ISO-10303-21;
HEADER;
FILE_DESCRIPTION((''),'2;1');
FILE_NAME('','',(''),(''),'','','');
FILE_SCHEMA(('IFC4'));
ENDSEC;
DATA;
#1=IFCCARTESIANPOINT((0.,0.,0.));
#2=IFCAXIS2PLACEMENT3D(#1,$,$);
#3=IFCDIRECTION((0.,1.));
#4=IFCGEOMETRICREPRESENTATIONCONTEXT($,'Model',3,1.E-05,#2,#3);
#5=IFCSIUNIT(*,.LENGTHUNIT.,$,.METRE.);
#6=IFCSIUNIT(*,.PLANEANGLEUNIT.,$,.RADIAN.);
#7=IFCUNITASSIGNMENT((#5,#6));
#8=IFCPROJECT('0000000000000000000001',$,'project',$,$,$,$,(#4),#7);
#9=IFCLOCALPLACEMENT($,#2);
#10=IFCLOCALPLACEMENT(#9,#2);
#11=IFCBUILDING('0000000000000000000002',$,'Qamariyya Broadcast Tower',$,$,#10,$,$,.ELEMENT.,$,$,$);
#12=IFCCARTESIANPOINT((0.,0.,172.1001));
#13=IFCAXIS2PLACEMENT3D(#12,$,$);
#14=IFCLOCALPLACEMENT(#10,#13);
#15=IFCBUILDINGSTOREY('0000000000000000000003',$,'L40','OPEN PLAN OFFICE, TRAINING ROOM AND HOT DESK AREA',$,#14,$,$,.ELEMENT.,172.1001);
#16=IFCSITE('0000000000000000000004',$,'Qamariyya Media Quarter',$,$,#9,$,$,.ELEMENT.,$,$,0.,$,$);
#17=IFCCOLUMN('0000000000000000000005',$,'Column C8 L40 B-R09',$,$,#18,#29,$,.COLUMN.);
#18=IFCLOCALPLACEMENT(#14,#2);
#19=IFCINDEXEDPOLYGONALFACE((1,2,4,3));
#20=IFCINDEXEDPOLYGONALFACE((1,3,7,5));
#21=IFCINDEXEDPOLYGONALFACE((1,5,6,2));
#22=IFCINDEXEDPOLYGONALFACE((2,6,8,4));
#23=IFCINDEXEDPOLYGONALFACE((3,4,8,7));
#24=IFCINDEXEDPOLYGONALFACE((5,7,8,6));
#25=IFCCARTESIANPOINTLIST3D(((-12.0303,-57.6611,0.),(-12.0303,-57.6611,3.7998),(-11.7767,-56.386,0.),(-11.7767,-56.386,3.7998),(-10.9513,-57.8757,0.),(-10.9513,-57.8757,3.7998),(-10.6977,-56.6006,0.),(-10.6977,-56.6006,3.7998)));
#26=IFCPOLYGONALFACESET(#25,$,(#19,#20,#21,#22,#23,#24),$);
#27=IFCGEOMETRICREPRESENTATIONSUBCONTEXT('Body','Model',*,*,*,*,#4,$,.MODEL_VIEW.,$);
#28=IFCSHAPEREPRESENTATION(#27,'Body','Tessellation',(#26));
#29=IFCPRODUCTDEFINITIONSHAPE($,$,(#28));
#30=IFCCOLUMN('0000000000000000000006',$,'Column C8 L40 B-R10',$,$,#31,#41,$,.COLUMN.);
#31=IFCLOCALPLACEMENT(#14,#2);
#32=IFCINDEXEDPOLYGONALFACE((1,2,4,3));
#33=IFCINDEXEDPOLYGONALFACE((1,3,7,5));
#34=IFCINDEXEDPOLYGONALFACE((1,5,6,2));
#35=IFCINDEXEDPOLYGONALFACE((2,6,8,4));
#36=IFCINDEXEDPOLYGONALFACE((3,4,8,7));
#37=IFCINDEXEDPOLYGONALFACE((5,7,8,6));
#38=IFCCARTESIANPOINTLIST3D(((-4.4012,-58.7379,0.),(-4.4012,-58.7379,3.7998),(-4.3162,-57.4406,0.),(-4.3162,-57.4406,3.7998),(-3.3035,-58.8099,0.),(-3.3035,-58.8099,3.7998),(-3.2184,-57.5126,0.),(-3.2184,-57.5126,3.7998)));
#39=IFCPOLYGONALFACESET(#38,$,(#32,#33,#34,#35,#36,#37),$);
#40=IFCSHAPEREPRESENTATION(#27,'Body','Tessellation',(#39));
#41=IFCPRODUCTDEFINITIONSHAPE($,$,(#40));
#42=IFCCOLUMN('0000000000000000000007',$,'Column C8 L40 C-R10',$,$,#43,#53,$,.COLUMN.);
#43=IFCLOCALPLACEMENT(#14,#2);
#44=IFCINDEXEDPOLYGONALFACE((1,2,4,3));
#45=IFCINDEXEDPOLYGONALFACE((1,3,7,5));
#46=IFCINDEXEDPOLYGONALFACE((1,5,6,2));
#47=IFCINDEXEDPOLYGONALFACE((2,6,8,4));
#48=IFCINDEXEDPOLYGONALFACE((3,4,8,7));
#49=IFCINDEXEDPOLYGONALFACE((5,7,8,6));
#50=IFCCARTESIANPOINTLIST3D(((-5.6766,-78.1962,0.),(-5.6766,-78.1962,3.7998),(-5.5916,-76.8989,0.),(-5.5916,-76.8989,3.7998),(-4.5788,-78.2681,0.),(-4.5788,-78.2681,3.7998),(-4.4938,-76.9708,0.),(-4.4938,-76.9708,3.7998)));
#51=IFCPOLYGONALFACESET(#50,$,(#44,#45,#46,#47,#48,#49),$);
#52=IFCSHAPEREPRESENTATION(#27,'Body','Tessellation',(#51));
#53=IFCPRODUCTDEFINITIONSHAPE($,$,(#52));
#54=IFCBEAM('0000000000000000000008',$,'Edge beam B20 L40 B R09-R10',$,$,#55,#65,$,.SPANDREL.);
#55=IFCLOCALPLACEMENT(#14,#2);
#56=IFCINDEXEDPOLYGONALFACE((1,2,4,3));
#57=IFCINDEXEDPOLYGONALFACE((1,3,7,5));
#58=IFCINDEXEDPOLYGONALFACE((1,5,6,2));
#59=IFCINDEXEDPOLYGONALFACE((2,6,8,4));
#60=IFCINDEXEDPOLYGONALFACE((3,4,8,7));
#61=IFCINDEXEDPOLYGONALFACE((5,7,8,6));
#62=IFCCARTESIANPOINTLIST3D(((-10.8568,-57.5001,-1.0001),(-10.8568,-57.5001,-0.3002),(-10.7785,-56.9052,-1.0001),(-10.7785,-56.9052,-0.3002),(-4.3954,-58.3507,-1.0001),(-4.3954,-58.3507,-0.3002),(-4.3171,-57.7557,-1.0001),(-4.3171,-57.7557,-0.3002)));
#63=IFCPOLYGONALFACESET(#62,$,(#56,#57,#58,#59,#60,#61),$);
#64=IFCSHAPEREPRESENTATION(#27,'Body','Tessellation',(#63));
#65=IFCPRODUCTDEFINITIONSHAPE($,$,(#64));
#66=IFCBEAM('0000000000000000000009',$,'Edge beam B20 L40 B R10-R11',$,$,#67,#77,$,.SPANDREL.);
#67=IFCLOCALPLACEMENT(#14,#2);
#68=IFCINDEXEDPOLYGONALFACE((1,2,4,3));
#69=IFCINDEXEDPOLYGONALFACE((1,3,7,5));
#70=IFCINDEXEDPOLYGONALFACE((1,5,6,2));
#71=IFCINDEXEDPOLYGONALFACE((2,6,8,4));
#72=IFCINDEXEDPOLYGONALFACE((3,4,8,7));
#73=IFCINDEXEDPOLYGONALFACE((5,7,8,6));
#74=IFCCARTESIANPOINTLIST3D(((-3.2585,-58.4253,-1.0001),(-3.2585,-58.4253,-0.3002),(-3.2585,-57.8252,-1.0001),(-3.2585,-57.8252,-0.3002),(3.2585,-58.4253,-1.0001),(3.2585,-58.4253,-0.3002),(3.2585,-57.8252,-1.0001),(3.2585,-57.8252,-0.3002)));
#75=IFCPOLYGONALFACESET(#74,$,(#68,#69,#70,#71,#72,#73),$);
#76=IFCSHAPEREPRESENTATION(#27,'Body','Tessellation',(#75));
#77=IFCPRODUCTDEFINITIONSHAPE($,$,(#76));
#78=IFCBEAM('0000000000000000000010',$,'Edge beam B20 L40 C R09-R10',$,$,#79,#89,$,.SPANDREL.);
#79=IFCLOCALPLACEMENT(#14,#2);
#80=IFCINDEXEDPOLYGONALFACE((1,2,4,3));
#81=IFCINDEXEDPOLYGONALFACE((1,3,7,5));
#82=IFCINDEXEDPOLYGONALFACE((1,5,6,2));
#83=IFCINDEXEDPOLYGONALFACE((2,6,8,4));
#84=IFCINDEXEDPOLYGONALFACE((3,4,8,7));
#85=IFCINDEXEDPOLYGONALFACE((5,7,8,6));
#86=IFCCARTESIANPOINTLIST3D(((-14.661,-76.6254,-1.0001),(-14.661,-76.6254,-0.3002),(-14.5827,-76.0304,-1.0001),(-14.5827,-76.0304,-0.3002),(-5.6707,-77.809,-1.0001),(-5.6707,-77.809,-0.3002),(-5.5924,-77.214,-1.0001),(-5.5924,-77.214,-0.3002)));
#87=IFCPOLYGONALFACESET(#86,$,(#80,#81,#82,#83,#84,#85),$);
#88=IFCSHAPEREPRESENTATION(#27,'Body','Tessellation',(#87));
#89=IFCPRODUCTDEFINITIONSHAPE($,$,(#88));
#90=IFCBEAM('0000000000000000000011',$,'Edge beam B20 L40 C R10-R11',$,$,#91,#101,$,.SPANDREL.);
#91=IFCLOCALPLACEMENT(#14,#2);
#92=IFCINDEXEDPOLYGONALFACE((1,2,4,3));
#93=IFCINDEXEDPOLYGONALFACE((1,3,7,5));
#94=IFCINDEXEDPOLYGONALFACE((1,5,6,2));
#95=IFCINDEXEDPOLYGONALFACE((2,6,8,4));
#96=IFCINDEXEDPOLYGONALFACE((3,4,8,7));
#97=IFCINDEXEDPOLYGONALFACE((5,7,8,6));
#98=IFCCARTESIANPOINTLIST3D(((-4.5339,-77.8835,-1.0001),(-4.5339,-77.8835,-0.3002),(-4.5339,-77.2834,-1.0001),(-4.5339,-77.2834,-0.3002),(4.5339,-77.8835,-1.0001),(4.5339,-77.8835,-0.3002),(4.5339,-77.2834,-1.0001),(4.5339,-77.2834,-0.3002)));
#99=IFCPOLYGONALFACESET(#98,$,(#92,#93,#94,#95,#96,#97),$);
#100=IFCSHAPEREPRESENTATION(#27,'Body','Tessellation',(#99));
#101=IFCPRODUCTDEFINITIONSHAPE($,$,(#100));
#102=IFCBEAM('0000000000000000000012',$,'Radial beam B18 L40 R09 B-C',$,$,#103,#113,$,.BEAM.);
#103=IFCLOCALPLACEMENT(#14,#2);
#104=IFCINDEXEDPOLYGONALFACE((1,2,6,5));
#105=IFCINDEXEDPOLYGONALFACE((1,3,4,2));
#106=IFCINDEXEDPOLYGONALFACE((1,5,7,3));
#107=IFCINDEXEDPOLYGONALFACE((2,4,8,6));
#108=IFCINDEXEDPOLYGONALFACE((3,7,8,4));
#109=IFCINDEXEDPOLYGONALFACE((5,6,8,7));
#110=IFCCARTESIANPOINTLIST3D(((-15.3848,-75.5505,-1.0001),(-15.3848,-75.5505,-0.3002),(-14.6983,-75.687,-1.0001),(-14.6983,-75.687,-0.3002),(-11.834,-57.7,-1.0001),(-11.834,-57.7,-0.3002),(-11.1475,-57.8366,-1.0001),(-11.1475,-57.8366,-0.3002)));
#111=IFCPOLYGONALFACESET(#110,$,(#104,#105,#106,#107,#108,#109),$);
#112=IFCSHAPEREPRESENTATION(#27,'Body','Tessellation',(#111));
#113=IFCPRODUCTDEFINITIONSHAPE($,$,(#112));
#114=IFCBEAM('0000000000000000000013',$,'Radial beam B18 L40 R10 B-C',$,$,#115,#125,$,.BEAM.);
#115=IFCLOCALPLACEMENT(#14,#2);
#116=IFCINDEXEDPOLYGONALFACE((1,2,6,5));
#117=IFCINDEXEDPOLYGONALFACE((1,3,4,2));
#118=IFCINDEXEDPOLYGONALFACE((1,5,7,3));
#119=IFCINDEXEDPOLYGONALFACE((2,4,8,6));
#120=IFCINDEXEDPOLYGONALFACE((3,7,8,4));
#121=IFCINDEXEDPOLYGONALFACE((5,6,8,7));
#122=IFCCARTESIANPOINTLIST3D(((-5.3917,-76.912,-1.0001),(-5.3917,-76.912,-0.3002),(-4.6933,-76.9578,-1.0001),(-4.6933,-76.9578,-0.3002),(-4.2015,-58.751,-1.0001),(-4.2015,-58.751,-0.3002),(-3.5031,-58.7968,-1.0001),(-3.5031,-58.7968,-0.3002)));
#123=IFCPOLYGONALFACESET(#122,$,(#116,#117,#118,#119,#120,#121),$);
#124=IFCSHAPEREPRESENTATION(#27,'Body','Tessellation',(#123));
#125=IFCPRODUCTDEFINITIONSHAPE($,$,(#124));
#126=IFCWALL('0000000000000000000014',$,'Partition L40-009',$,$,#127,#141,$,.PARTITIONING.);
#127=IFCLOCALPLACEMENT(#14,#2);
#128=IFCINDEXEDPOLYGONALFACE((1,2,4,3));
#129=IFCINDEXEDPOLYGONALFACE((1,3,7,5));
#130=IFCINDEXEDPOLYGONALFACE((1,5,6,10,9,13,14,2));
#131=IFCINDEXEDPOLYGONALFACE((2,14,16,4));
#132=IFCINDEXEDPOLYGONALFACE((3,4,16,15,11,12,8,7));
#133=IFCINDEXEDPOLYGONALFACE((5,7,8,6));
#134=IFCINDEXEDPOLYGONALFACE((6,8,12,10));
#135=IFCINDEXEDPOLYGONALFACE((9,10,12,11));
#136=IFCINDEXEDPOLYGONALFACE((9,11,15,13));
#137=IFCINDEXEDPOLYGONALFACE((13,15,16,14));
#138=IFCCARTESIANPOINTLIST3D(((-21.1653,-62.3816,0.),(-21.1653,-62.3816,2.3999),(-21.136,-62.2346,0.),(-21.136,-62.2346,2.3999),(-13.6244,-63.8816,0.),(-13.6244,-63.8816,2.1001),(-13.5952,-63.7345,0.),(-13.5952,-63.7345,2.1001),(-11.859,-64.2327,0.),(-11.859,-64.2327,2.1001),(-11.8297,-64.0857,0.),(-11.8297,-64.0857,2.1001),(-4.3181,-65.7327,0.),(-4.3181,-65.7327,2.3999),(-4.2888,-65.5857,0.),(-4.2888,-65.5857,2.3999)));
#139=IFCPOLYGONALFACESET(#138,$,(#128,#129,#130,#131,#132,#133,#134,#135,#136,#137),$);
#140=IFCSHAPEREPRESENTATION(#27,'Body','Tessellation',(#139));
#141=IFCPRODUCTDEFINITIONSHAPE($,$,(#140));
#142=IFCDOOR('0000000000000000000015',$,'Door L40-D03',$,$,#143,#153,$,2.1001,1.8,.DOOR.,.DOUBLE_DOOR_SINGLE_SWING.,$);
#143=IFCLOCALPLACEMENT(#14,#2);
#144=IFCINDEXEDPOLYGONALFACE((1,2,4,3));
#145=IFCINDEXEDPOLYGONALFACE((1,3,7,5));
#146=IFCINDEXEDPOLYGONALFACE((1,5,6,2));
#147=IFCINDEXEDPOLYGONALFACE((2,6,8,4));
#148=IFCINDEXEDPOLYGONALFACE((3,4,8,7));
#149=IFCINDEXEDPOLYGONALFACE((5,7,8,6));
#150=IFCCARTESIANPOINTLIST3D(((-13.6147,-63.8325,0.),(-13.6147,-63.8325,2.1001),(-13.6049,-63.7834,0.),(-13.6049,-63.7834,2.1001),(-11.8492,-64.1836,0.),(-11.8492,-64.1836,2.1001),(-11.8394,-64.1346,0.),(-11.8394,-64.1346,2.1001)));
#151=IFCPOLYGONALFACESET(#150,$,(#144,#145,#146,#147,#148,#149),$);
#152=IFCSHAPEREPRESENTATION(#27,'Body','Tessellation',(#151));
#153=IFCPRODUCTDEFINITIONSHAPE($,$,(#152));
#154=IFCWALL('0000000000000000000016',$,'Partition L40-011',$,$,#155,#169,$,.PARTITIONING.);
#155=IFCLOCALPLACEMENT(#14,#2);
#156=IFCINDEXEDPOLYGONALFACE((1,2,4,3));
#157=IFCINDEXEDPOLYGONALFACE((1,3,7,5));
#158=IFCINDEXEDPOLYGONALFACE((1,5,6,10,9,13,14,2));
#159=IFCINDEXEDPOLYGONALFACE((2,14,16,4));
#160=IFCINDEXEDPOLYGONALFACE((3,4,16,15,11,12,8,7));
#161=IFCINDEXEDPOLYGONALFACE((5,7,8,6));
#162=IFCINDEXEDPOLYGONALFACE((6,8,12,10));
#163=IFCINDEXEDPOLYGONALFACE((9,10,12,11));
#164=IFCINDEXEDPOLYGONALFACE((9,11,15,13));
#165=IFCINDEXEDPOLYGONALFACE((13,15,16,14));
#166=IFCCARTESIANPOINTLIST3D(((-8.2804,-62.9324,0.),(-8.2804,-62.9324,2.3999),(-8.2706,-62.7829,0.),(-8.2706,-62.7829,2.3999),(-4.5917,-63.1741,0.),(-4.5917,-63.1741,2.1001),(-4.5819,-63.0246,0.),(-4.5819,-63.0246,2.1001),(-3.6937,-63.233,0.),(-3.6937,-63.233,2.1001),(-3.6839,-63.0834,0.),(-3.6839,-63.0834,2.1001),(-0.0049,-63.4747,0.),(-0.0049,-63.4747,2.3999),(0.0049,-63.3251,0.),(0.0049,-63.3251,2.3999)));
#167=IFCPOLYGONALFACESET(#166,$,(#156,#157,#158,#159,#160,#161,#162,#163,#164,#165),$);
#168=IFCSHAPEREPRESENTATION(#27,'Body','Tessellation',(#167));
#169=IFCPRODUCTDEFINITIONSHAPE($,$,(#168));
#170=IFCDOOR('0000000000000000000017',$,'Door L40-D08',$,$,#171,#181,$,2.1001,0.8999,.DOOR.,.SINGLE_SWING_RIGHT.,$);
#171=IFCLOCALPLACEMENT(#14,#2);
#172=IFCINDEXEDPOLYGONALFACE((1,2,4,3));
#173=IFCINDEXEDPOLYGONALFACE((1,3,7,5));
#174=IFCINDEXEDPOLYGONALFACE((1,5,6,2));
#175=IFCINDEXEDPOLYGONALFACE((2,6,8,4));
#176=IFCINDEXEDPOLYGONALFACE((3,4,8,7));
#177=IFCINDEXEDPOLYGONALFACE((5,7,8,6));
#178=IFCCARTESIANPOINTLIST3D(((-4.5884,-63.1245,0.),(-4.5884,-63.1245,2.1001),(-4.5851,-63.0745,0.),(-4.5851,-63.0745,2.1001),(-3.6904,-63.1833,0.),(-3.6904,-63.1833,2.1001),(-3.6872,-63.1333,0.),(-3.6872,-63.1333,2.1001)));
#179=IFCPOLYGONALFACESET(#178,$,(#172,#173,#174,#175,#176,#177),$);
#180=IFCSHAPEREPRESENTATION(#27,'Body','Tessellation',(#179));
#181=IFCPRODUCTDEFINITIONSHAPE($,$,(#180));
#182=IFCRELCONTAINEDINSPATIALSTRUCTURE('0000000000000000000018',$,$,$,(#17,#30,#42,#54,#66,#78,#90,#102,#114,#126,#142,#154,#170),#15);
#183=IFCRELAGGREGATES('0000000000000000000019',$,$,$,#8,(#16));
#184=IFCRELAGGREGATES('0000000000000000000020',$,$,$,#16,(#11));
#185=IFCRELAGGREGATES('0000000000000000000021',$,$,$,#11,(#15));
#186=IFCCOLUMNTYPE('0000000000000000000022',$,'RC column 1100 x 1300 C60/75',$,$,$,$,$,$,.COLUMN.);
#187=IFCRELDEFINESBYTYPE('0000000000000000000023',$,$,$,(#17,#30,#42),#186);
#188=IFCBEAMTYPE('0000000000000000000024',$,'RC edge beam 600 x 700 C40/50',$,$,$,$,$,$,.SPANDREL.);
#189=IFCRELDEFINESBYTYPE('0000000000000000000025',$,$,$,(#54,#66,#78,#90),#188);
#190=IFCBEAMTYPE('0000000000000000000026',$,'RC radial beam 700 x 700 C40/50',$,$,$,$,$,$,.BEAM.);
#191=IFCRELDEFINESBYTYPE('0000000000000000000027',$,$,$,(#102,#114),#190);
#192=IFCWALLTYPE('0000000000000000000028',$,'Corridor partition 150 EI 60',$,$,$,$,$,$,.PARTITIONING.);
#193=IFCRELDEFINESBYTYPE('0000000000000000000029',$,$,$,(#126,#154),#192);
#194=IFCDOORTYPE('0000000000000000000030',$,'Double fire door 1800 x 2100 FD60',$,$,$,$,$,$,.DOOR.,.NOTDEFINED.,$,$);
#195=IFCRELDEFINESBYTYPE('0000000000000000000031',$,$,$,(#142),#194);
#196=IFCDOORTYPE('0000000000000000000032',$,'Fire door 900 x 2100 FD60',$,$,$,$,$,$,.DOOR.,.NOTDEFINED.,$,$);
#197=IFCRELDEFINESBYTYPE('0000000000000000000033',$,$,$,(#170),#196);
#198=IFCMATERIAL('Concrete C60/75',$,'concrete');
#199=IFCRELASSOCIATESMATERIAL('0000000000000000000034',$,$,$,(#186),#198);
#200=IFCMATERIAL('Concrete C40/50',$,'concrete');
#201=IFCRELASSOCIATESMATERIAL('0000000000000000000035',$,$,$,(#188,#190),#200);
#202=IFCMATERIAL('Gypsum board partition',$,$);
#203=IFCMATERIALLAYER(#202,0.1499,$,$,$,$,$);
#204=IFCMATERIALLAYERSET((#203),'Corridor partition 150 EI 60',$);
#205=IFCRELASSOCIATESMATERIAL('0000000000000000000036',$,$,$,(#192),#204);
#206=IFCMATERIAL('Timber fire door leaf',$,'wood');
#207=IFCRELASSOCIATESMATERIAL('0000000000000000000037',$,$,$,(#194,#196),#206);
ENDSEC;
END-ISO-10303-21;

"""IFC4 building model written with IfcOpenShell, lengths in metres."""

from ifc_helpers import new_model, si_unit, direction, frame, frame_2d, origin, origin_2d, place, context, subcontext, project, spatial, rectangle, extrude, material, layer, layer_set, material_profile, profile_set, type_object, element, fill, save


model = new_model("IFC4")

# Units and contexts
model_context = context("Model", 3, precision=1e-05, world=origin(), true_north=direction((0.0, 1.0)))
body_context = subcontext(model_context, "Body", "Model", "MODEL_VIEW")
ifc_project = project(units=[si_unit("LENGTHUNIT", "METRE"), si_unit("PLANEANGLEUNIT", "RADIAN")], contexts=[model_context])

# Site, building, storey
site_placement = place(None, origin())
site = spatial("IfcSite", under=ifc_project, at=site_placement, Name="Qamariyya Media Quarter", CompositionType="ELEMENT", RefElevation=0.0)
building_placement = place(site_placement, origin())
building = spatial("IfcBuilding", under=site, at=building_placement, Name="Qamariyya Broadcast Tower", CompositionType="ELEMENT")
storey_placement = place(building_placement, frame((0.0, 0.0, 172.1001)))
storey = spatial("IfcBuildingStorey", under=building, at=storey_placement, Name="L40", Description="OPEN PLAN OFFICE, TRAINING ROOM AND HOT DESK AREA", CompositionType="ELEMENT", Elevation=172.1001)

# Columns
ifc_material_1 = material(Name="Concrete C60/75", Category="concrete")
ifc_material_profile_1 = material_profile(ifc_material_1, rectangle(XDim=1.1001, YDim=1.3, at=origin_2d()))
ifc_profile_set_1 = profile_set([ifc_material_profile_1], Name="Concrete C60/75")
column_type = type_object("IfcColumnType", Name="RC column 1100 x 1300 C60/75", PredefinedType="COLUMN", material=ifc_profile_set_1)
for number, where, z_axis, x_axis, name in (
    (1, (-11.364, -57.1309, 0.0), (0.0, 0.0, 1.0), (0.980785, -0.19509, 0.0), "Column C8 L40 B-R09"),
    (2, (-3.8098, -58.1252, 0.0), (0.0, 0.0, 1.0), (0.997859, -0.065403, 0.0), "Column C8 L40 B-R10"),
    (3, (-5.0852, -77.5835, 0.0), (0.0, 0.0, 1.0), (0.997859, -0.065403, 0.0), "Column C8 L40 C-R10"),
):
    element("IfcColumn", number, at=place(storey_placement, frame(where, z_axis=z_axis, x_axis=x_axis)), inside=storey, type_object=column_type, Name=name, PredefinedType="COLUMN", context=body_context, shape_type="SweptSolid", body=[
        extrude(rectangle(XDim=1.1001, YDim=1.3, at=origin_2d()), origin(), (0.0, 0.0, 1.0), 3.7998),
    ])

# Beams
ifc_material_2 = material(Name="Concrete C40/50", Category="concrete")
ifc_material_profile_2 = material_profile(ifc_material_2, rectangle(XDim=0.6001, YDim=0.7, at=origin_2d()))
ifc_profile_set_2 = profile_set([ifc_material_profile_2], Name="Concrete C40/50")
beam_type_1 = type_object("IfcBeamType", Name="RC edge beam 600 x 700 C40/50", PredefinedType="SPANDREL", material=ifc_profile_set_2)
for number, where, z_axis, x_axis, name in (
    (4, (-10.8176, -57.2026, -0.6501), (0.991446, -0.130515, 0.0), (0.130515, 0.991446, 0.0), "Edge beam B20 L40 B R09-R10"),
    (5, (-3.2585, -58.1252, -0.6501), (1.0, 0.0, 0.0), (0.0, 1.0, 0.0), "Edge beam B20 L40 B R10-R11"),
):
    element("IfcBeam", number, at=place(storey_placement, frame(where, z_axis=z_axis, x_axis=x_axis)), inside=storey, type_object=beam_type_1, Name=name, PredefinedType="SPANDREL", context=body_context, shape_type="SweptSolid", body=[
        extrude(rectangle(XDim=0.6001, YDim=0.7, at=origin_2d()), origin(), (0.0, 0.0, 1.0), 6.5171),
    ])
for number, where, z_axis, x_axis, name in (
    (6, (-14.6218, -76.3279, -0.6501), (0.991445, -0.130527, 0.0), (0.130527, 0.991445, 0.0), "Edge beam B20 L40 C R09-R10"),
    (7, (-4.5339, -77.5835, -0.6501), (1.0, 0.0, 0.0), (0.0, 1.0, 0.0), "Edge beam B20 L40 C R10-R11"),
):
    element("IfcBeam", number, at=place(storey_placement, frame(where, z_axis=z_axis, x_axis=x_axis)), inside=storey, type_object=beam_type_1, Name=name, PredefinedType="SPANDREL", context=body_context, shape_type="SweptSolid", body=[
        extrude(rectangle(XDim=0.6001, YDim=0.7, at=origin_2d()), origin(), (0.0, 0.0, 1.0), 9.0679),
    ])
ifc_material_profile_3 = material_profile(ifc_material_2, rectangle(XDim=0.7, YDim=0.7, at=origin_2d()))
ifc_profile_set_3 = profile_set([ifc_material_profile_3], Name="Concrete C40/50")
beam_type_2 = type_object("IfcBeamType", Name="RC radial beam 700 x 700 C40/50", PredefinedType="BEAM", material=ifc_profile_set_3)
beam_1_placement = place(storey_placement, frame((-11.4907, -57.7683, -0.6501), z_axis=(-0.195097, -0.980784, 0.0), x_axis=(0.980784, -0.195097, 0.0)))
element("IfcBeam", 8, at=beam_1_placement, inside=storey, type_object=beam_type_2, Name="Radial beam B18 L40 R09 B-C", PredefinedType="BEAM", context=body_context, shape_type="SweptSolid", body=[
    extrude(rectangle(XDim=0.7, YDim=0.7, at=origin_2d()), origin(), (0.0, 0.0, 1.0), 18.2002),
])
beam_2_placement = place(storey_placement, frame((-3.8523, -58.7739, -0.6501), z_axis=(-0.065395, -0.997859, 0.0), x_axis=(0.997859, -0.065395, 0.0)))
element("IfcBeam", 9, at=beam_2_placement, inside=storey, type_object=beam_type_2, Name="Radial beam B18 L40 R10 B-C", PredefinedType="BEAM", context=body_context, shape_type="SweptSolid", body=[
    extrude(rectangle(XDim=0.7, YDim=0.7, at=origin_2d()), origin(), (0.0, 0.0, 1.0), 18.2),
])

# Walls, openings, doors
ifc_material_3 = material(Name="Gypsum board partition")
ifc_layer_1 = layer(ifc_material_3, 0.1499)
ifc_layer_set_1 = layer_set([ifc_layer_1], Name="Corridor partition 150 EI 60")
wall_type_1 = type_object("IfcWallType", Name="Corridor partition 150 EI 60", PredefinedType="PARTITIONING", material=ifc_layer_set_1)
wall_1_placement = place(storey_placement, frame((-4.3035, -65.6592, 0.0), z_axis=(0.0, 0.0, 1.0), x_axis=(-0.980786, 0.195088, 0.0)))
wall_1 = element("IfcWall", 10, at=wall_1_placement, inside=storey, type_object=wall_type_1, Name="Partition L40-009", PredefinedType="PARTITIONING", context=body_context, shape_type="SweptSolid", body=[
    extrude(rectangle(XDim=17.1772, YDim=0.1499, at=frame_2d((8.5886, 0.0))), origin(), (0.0, 0.0, 1.0), 2.3999),
])
opening_1_placement = place(wall_1_placement, frame((7.6887, 0.0, 0.0)))
opening_1 = element("IfcOpeningElement", 11, at=opening_1_placement, cuts=wall_1, PredefinedType="OPENING", context=body_context, shape_type="SweptSolid", body=[
    extrude(rectangle(XDim=1.8, YDim=2.1001, at=frame_2d((0.8999, 1.05))), frame((0.0, 0.085, 0.0), z_axis=(0.0, -1.0, 0.0), x_axis=(1.0, 0.0, 0.0)), (0.0, 0.0, 1.0), 0.1699),
])
ifc_material_4 = material(Name="Timber fire door leaf", Category="wood")
door_type_1 = type_object("IfcDoorType", Name="Double fire door 1800 x 2100 FD60", OperationType="NOTDEFINED", PredefinedType="DOOR", material=ifc_material_4)
door_1_placement = place(opening_1_placement, origin())
door_1 = element("IfcDoor", 12, at=door_1_placement, inside=storey, type_object=door_type_1, Name="Door L40-D03", OperationType="DOUBLE_DOOR_SINGLE_SWING", OverallHeight=2.1001, OverallWidth=1.8, PredefinedType="DOOR", context=body_context, shape_type="SweptSolid", body=[
    extrude(rectangle(XDim=1.8, YDim=2.1001, at=frame_2d((0.8999, 1.05))), frame((0.0, 0.0249, 0.0), z_axis=(0.0, -1.0, 0.0), x_axis=(1.0, 0.0, 0.0)), (0.0, 0.0, 1.0), 0.05),
])
fill(opening_1, door_1)
wall_2_placement = place(storey_placement, frame((-8.2754, -62.8577, 0.0), z_axis=(0.0, 0.0, 1.0), x_axis=(0.99786, -0.065384, 0.0)))
wall_2 = element("IfcWall", 13, at=wall_2_placement, inside=storey, type_object=wall_type_1, Name="Partition L40-011", PredefinedType="PARTITIONING", context=body_context, shape_type="SweptSolid", body=[
    extrude(rectangle(XDim=8.2932, YDim=0.1499, at=frame_2d((4.1465, 0.0))), origin(), (0.0, 0.0, 1.0), 2.3999),
])
opening_2_placement = place(wall_2_placement, frame((3.6965, 0.0, 0.0)))
opening_2 = element("IfcOpeningElement", 14, at=opening_2_placement, cuts=wall_2, PredefinedType="OPENING", context=body_context, shape_type="SweptSolid", body=[
    extrude(rectangle(XDim=0.8999, YDim=2.1001, at=frame_2d((0.45, 1.05))), frame((0.0, 0.085, 0.0), z_axis=(0.0, -1.0, 0.0), x_axis=(1.0, 0.0, 0.0)), (0.0, 0.0, 1.0), 0.1699),
])
door_type_2 = type_object("IfcDoorType", Name="Fire door 900 x 2100 FD60", OperationType="NOTDEFINED", PredefinedType="DOOR", material=ifc_material_4)
door_2_placement = place(opening_2_placement, origin())
door_2 = element("IfcDoor", 15, at=door_2_placement, inside=storey, type_object=door_type_2, Name="Door L40-D08", OperationType="SINGLE_SWING_RIGHT", OverallHeight=2.1001, OverallWidth=0.8999, PredefinedType="DOOR", context=body_context, shape_type="SweptSolid", body=[
    extrude(rectangle(XDim=0.8999, YDim=2.1001, at=frame_2d((0.45, 1.05))), frame((0.0, 0.0249, 0.0), z_axis=(0.0, -1.0, 0.0), x_axis=(1.0, 0.0, 0.0)), (0.0, 0.0, 1.0), 0.05),
])
fill(opening_2, door_2)

save(model, "model.ifc")
